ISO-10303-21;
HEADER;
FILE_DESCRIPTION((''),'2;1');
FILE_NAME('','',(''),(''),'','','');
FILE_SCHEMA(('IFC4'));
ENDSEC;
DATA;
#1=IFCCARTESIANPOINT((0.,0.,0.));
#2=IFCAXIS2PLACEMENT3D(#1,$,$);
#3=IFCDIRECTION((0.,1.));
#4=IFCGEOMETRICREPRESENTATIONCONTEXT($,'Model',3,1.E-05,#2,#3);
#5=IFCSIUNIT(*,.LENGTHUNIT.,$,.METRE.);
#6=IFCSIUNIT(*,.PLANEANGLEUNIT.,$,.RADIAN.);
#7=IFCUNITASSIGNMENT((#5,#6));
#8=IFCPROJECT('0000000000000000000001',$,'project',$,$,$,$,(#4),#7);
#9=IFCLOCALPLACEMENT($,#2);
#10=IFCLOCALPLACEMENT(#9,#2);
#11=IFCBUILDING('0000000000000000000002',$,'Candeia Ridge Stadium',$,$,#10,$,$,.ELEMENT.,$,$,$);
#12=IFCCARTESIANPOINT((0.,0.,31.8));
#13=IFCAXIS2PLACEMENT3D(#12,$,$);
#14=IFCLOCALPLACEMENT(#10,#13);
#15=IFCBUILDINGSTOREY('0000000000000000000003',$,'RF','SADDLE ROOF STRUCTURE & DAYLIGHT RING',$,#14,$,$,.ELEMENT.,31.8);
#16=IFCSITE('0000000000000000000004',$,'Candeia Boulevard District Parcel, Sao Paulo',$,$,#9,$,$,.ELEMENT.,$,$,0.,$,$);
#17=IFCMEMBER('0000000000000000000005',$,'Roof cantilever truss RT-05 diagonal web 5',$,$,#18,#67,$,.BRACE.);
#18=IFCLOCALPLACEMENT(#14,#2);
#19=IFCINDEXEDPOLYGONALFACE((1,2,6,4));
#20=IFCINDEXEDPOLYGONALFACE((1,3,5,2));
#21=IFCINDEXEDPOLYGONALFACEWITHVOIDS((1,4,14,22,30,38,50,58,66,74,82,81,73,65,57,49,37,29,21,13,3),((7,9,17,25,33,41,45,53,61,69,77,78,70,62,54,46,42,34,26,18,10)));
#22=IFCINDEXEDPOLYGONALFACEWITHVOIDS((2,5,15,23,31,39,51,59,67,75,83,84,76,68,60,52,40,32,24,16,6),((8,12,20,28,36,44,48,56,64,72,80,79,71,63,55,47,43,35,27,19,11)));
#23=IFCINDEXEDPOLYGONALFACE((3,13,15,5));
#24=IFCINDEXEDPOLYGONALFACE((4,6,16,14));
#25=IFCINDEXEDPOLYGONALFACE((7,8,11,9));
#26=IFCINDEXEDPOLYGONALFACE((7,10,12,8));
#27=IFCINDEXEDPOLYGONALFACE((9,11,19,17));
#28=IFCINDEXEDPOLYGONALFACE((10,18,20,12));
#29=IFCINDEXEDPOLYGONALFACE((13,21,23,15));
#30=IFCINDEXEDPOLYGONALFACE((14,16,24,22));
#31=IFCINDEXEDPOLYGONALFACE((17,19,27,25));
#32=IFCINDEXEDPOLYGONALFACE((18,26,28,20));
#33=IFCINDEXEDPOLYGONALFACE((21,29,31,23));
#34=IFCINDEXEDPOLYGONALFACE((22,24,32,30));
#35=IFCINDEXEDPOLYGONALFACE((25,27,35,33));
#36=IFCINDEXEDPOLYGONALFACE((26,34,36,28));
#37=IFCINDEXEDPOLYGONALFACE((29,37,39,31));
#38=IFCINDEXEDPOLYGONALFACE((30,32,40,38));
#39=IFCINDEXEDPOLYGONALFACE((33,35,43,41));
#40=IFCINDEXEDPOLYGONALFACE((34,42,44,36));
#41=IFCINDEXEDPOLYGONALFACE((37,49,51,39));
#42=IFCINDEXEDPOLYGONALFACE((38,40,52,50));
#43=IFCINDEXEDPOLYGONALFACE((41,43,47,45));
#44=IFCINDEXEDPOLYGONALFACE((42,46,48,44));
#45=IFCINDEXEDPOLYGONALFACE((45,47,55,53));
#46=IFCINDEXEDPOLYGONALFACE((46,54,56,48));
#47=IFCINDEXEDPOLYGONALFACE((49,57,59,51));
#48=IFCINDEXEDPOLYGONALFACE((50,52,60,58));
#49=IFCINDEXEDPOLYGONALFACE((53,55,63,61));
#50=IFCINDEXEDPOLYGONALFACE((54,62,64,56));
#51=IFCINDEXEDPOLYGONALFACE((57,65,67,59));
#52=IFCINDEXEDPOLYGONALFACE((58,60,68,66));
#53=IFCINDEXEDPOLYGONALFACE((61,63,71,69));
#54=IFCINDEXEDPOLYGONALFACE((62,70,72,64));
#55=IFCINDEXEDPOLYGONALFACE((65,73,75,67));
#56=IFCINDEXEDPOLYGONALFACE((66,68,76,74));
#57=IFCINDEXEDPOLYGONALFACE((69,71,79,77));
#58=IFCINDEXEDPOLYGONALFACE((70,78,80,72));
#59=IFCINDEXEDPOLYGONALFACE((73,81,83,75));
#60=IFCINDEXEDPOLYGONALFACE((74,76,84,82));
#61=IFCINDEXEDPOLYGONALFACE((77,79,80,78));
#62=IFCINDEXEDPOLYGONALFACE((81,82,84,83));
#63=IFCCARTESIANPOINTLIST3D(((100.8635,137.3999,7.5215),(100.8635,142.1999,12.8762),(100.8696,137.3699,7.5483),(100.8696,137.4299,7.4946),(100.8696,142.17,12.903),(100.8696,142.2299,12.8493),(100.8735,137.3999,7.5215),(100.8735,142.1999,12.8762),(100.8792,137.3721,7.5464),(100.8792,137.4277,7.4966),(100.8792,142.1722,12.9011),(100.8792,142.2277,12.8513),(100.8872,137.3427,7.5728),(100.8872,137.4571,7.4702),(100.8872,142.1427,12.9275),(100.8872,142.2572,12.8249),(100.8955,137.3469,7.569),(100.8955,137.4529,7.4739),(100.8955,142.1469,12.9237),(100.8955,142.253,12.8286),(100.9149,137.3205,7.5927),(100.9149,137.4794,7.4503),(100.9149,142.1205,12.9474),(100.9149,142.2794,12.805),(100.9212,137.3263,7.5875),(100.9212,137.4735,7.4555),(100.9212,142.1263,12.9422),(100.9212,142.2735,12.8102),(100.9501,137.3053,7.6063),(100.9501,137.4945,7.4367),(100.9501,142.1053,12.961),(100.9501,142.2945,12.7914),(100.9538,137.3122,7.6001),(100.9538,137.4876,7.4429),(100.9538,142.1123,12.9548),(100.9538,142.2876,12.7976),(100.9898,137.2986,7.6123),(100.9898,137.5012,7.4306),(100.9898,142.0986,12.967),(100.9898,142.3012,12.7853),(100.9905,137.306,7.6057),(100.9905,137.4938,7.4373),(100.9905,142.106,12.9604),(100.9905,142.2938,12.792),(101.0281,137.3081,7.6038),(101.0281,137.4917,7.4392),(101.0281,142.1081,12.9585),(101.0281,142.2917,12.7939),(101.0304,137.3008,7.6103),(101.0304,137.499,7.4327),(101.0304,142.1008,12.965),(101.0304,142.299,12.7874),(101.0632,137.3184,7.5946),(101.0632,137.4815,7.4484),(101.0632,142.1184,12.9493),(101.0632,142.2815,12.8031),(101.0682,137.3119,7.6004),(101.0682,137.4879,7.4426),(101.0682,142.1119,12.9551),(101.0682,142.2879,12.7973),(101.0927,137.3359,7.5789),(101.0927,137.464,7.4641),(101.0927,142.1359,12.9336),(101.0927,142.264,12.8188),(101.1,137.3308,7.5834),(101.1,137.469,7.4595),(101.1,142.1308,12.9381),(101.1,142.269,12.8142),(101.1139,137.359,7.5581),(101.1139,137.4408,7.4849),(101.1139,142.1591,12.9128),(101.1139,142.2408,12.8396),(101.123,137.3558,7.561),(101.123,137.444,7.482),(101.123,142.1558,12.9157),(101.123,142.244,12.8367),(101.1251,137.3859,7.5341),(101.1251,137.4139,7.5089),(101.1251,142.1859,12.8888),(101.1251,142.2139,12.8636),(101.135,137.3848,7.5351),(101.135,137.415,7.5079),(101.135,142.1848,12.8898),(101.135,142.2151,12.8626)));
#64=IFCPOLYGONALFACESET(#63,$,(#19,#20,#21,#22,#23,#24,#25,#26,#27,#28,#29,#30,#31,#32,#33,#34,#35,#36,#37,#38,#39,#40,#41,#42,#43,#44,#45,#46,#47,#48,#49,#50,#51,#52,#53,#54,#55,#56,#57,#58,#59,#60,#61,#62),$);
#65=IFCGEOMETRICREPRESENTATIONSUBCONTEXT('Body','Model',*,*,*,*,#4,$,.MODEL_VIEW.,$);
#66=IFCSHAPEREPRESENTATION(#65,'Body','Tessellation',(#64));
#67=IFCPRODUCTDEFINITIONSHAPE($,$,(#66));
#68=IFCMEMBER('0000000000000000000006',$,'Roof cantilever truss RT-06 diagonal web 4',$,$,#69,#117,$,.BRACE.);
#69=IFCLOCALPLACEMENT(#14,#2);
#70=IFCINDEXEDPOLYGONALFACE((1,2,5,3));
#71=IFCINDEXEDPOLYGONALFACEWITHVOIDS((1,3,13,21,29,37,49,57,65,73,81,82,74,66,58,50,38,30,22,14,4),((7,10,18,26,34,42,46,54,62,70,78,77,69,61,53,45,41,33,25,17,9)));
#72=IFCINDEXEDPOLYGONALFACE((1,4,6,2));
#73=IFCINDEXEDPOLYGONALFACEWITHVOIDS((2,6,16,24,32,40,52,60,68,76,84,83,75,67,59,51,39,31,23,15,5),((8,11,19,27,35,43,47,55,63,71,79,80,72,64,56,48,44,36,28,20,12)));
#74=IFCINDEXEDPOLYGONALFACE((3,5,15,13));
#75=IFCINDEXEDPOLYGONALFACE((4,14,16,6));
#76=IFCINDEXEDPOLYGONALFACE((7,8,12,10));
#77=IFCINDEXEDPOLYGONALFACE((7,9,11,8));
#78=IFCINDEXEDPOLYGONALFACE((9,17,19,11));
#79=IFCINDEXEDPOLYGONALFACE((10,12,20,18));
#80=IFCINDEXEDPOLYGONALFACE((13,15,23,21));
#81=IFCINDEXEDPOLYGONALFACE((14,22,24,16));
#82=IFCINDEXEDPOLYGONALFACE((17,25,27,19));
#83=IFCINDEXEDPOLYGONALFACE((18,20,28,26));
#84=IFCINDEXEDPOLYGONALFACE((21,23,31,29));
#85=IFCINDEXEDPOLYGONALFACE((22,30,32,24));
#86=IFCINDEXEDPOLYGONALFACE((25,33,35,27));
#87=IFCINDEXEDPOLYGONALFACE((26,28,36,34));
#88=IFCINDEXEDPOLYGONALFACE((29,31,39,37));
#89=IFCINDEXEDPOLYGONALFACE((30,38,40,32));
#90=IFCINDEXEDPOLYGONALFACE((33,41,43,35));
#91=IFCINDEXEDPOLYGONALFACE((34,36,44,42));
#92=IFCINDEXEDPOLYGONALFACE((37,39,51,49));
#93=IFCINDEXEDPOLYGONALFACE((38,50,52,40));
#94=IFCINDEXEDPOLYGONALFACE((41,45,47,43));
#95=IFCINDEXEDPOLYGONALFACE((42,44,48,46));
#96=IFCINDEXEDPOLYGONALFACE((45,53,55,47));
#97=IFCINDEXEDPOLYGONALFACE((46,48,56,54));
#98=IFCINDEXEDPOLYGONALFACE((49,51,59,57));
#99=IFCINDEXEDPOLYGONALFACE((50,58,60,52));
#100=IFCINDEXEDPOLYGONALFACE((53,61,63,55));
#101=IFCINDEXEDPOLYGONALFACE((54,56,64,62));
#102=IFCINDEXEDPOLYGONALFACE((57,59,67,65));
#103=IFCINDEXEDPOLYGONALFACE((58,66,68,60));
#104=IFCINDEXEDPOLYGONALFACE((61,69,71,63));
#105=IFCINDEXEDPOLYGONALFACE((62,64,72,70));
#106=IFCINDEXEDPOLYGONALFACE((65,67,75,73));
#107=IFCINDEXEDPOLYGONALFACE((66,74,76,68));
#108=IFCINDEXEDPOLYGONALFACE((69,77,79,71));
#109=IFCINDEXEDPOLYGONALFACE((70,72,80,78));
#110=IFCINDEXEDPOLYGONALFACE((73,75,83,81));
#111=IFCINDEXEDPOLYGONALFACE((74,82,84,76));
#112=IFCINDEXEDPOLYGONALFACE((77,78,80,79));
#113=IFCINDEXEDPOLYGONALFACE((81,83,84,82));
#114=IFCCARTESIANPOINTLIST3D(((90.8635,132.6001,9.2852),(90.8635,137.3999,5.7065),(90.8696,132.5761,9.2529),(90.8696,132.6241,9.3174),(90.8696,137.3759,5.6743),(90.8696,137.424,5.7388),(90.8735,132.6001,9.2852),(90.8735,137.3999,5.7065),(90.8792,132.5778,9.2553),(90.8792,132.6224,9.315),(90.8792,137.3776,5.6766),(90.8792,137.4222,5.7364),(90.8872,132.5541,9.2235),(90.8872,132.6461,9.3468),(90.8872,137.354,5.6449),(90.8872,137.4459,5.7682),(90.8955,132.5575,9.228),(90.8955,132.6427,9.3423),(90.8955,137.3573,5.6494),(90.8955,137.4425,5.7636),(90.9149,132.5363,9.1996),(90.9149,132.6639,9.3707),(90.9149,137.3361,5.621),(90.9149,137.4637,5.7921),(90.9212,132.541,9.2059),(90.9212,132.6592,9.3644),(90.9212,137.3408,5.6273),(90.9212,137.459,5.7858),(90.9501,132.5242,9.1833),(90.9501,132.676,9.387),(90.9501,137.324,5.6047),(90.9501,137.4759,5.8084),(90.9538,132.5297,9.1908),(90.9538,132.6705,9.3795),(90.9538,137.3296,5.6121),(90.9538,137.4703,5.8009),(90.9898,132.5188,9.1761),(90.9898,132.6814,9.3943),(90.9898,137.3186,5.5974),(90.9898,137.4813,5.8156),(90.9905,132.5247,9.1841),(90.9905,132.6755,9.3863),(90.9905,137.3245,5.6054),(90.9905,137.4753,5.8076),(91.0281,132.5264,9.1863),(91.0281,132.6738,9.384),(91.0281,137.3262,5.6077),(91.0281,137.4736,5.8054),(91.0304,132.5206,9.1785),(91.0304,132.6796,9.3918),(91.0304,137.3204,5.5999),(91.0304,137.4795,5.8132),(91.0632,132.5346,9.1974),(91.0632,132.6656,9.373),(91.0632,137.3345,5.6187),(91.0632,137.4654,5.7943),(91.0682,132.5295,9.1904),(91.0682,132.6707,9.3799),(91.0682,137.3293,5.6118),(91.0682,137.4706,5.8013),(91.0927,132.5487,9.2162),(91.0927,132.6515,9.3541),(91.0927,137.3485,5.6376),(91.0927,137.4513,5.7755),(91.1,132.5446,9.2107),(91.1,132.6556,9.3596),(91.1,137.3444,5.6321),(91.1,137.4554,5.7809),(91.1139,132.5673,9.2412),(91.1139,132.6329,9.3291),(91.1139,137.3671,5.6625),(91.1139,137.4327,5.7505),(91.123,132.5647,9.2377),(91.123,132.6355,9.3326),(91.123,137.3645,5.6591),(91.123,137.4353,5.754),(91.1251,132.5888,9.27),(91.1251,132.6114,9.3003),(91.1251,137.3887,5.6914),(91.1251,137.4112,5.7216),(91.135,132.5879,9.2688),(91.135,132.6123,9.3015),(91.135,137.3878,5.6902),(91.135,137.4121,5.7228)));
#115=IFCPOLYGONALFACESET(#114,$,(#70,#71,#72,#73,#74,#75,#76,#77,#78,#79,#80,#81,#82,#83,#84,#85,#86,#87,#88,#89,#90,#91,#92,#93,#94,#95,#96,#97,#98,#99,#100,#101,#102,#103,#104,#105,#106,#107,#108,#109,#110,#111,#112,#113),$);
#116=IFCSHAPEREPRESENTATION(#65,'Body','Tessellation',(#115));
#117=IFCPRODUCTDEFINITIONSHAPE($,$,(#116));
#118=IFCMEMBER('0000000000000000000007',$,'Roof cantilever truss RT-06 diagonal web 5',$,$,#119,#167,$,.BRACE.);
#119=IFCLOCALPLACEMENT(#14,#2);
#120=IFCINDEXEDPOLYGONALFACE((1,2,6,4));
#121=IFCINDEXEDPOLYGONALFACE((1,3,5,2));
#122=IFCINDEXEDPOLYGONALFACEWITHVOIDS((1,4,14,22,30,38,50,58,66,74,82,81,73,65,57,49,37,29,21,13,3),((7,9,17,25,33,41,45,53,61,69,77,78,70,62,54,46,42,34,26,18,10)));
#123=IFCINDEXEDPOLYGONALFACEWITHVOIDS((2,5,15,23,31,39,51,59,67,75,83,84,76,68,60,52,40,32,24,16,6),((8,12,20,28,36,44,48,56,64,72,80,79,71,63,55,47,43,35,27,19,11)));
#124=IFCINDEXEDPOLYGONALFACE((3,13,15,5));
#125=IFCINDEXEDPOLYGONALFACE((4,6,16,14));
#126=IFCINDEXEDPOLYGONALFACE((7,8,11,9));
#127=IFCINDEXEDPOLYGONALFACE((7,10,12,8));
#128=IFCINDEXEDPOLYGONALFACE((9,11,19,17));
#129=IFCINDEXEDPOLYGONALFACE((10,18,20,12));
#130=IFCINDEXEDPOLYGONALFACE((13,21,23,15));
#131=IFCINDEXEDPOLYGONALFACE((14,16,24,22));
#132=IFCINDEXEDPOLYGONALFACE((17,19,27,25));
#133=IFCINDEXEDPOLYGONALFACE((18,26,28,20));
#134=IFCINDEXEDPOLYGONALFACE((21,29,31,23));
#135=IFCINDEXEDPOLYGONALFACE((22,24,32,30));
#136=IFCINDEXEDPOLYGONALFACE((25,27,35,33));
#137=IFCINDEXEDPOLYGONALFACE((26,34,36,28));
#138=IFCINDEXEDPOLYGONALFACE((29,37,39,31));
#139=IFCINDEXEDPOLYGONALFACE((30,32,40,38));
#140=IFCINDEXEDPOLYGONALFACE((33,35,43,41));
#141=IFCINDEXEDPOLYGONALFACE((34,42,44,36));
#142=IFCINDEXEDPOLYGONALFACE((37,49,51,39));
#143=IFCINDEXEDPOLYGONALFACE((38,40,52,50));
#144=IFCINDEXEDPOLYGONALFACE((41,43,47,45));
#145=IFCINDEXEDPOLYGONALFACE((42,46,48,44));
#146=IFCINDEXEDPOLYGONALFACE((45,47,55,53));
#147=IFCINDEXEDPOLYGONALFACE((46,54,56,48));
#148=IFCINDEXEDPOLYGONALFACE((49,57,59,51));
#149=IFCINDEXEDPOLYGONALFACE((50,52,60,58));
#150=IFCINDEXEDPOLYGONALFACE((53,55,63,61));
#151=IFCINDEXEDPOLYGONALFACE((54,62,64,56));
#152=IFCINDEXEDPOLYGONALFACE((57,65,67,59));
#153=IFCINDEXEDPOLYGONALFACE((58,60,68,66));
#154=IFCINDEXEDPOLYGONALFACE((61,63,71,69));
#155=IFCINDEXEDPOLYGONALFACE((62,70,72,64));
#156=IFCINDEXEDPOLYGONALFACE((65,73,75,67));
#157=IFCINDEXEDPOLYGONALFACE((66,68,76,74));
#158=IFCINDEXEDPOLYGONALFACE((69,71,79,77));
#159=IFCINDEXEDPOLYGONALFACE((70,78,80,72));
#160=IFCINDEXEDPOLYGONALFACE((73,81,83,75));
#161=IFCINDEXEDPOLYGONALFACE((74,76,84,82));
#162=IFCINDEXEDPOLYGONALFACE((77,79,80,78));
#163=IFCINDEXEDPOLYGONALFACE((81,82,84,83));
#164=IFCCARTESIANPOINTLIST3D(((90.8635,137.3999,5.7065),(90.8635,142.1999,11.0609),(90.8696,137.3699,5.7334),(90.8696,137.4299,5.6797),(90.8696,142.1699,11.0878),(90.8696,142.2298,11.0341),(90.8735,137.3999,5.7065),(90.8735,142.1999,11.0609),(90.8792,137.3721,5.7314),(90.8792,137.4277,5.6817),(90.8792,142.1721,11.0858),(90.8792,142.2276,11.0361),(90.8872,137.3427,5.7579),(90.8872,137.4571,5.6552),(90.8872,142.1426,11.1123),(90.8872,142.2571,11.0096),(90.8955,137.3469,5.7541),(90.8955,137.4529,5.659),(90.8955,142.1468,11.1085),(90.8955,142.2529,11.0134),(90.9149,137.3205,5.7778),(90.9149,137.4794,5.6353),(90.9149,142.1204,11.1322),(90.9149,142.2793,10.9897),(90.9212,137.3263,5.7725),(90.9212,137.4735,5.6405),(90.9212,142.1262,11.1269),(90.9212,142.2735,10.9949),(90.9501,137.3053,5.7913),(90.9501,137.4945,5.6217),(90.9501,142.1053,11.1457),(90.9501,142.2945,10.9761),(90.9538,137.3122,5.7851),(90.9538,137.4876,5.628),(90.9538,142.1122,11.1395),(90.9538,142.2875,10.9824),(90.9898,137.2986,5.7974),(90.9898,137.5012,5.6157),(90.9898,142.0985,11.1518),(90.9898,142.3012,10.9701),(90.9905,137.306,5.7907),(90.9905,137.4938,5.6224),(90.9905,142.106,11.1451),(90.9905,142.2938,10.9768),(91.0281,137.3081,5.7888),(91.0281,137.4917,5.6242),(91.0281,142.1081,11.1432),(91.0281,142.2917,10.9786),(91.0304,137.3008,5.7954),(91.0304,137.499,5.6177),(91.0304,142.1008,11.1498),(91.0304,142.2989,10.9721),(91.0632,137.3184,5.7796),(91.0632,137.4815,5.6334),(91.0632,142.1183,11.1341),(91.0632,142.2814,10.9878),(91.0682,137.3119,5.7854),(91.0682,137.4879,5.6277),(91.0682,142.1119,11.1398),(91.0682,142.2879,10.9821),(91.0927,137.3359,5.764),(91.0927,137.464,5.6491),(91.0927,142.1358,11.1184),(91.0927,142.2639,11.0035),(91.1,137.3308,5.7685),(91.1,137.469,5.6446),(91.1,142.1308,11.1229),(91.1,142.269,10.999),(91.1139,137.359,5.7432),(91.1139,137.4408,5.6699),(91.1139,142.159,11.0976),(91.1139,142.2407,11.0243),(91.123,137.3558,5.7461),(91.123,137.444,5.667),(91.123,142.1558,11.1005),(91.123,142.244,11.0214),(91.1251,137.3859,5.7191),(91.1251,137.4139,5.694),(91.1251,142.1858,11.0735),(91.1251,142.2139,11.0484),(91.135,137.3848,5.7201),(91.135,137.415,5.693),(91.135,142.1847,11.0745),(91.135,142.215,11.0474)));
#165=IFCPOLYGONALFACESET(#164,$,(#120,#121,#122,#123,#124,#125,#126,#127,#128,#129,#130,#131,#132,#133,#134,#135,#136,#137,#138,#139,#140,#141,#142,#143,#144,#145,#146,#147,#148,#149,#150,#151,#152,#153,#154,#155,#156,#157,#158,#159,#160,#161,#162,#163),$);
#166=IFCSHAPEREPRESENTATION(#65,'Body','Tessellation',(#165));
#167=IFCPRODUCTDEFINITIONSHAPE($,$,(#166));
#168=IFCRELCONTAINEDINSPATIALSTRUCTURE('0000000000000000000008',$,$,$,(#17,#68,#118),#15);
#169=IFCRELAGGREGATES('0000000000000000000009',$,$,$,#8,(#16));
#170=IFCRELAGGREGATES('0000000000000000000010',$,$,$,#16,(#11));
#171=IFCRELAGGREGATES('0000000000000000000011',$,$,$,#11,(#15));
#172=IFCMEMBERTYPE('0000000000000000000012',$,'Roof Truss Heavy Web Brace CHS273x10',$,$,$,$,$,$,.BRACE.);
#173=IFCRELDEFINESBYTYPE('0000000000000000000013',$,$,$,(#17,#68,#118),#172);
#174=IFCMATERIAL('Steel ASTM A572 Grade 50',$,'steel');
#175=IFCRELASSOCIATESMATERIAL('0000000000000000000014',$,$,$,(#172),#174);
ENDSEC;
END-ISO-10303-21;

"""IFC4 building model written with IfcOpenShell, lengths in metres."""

from ifc_helpers import new_model, si_unit, direction, frame, origin, origin_2d, place, context, subcontext, project, spatial, hollow_circle, extrude, material, material_profile, profile_set, type_object, element, save


model = new_model("IFC4")

# Units and contexts
model_context = context("Model", 3, precision=1e-05, world=origin(), true_north=direction((0.0, 1.0)))
body_context = subcontext(model_context, "Body", "Model", "MODEL_VIEW")
ifc_project = project(units=[si_unit("LENGTHUNIT", "METRE"), si_unit("PLANEANGLEUNIT", "RADIAN")], contexts=[model_context])

# Site, building, storey
site_placement = place(None, origin())
site = spatial("IfcSite", under=ifc_project, at=site_placement, Name="Candeia Boulevard District Parcel, Sao Paulo", CompositionType="ELEMENT", RefElevation=0.0)
building_placement = place(site_placement, origin())
building = spatial("IfcBuilding", under=site, at=building_placement, Name="Candeia Ridge Stadium", CompositionType="ELEMENT")
storey_placement = place(building_placement, frame((0.0, 0.0, 31.8)))
storey = spatial("IfcBuildingStorey", under=building, at=storey_placement, Name="RF", Description="SADDLE ROOF STRUCTURE & DAYLIGHT RING", CompositionType="ELEMENT", Elevation=31.8)

# Shared definitions
ifc_material = material(Name="Steel ASTM A572 Grade 50", Category="steel")

# Members
ifc_material_profile_1 = material_profile(ifc_material, hollow_circle(Radius=0.1365, WallThickness=0.01, at=origin_2d()), Name="CHS273x10", Category="steel")
ifc_profile_set_1 = profile_set([ifc_material_profile_1], Name="Steel ASTM A572 Grade 50")
member_type_1 = type_object("IfcMemberType", Name="Roof Truss Heavy Web Brace CHS273x10", PredefinedType="BRACE", material=ifc_profile_set_1)
member_1_placement = place(storey_placement, frame((101.0, 137.3999, 7.5215), z_axis=(0.0, 0.667487, 0.744621), x_axis=(-1.0, 0.0, 0.0)))
element("IfcMember", 1, at=member_1_placement, inside=storey, type_object=member_type_1, Name="Roof cantilever truss RT-05 diagonal web 5", PredefinedType="BRACE", context=body_context, shape_type="SweptSolid", body=[
    extrude(hollow_circle(Radius=0.1365, WallThickness=0.01, at=origin_2d()), origin(), (0.0, 0.0, 1.0), 7.1912),
])
member_2_placement = place(storey_placement, frame((91.0, 132.6001, 9.2852), z_axis=(0.0, 0.8017, -0.597727), x_axis=(-1.0, 0.0, 0.0)))
element("IfcMember", 2, at=member_2_placement, inside=storey, type_object=member_type_1, Name="Roof cantilever truss RT-06 diagonal web 4", PredefinedType="BRACE", context=body_context, shape_type="SweptSolid", body=[
    extrude(hollow_circle(Radius=0.1365, WallThickness=0.01, at=origin_2d()), origin(), (0.0, 0.0, 1.0), 5.9871),
])
member_3_placement = place(storey_placement, frame((91.0, 137.3999, 5.7065), z_axis=(0.0, 0.667504, 0.744606), x_axis=(-1.0, 0.0, 0.0)))
element("IfcMember", 3, at=member_3_placement, inside=storey, type_object=member_type_1, Name="Roof cantilever truss RT-06 diagonal web 5", PredefinedType="BRACE", context=body_context, shape_type="SweptSolid", body=[
    extrude(hollow_circle(Radius=0.1365, WallThickness=0.01, at=origin_2d()), origin(), (0.0, 0.0, 1.0), 7.1909),
])

save(model, "model.ifc")
